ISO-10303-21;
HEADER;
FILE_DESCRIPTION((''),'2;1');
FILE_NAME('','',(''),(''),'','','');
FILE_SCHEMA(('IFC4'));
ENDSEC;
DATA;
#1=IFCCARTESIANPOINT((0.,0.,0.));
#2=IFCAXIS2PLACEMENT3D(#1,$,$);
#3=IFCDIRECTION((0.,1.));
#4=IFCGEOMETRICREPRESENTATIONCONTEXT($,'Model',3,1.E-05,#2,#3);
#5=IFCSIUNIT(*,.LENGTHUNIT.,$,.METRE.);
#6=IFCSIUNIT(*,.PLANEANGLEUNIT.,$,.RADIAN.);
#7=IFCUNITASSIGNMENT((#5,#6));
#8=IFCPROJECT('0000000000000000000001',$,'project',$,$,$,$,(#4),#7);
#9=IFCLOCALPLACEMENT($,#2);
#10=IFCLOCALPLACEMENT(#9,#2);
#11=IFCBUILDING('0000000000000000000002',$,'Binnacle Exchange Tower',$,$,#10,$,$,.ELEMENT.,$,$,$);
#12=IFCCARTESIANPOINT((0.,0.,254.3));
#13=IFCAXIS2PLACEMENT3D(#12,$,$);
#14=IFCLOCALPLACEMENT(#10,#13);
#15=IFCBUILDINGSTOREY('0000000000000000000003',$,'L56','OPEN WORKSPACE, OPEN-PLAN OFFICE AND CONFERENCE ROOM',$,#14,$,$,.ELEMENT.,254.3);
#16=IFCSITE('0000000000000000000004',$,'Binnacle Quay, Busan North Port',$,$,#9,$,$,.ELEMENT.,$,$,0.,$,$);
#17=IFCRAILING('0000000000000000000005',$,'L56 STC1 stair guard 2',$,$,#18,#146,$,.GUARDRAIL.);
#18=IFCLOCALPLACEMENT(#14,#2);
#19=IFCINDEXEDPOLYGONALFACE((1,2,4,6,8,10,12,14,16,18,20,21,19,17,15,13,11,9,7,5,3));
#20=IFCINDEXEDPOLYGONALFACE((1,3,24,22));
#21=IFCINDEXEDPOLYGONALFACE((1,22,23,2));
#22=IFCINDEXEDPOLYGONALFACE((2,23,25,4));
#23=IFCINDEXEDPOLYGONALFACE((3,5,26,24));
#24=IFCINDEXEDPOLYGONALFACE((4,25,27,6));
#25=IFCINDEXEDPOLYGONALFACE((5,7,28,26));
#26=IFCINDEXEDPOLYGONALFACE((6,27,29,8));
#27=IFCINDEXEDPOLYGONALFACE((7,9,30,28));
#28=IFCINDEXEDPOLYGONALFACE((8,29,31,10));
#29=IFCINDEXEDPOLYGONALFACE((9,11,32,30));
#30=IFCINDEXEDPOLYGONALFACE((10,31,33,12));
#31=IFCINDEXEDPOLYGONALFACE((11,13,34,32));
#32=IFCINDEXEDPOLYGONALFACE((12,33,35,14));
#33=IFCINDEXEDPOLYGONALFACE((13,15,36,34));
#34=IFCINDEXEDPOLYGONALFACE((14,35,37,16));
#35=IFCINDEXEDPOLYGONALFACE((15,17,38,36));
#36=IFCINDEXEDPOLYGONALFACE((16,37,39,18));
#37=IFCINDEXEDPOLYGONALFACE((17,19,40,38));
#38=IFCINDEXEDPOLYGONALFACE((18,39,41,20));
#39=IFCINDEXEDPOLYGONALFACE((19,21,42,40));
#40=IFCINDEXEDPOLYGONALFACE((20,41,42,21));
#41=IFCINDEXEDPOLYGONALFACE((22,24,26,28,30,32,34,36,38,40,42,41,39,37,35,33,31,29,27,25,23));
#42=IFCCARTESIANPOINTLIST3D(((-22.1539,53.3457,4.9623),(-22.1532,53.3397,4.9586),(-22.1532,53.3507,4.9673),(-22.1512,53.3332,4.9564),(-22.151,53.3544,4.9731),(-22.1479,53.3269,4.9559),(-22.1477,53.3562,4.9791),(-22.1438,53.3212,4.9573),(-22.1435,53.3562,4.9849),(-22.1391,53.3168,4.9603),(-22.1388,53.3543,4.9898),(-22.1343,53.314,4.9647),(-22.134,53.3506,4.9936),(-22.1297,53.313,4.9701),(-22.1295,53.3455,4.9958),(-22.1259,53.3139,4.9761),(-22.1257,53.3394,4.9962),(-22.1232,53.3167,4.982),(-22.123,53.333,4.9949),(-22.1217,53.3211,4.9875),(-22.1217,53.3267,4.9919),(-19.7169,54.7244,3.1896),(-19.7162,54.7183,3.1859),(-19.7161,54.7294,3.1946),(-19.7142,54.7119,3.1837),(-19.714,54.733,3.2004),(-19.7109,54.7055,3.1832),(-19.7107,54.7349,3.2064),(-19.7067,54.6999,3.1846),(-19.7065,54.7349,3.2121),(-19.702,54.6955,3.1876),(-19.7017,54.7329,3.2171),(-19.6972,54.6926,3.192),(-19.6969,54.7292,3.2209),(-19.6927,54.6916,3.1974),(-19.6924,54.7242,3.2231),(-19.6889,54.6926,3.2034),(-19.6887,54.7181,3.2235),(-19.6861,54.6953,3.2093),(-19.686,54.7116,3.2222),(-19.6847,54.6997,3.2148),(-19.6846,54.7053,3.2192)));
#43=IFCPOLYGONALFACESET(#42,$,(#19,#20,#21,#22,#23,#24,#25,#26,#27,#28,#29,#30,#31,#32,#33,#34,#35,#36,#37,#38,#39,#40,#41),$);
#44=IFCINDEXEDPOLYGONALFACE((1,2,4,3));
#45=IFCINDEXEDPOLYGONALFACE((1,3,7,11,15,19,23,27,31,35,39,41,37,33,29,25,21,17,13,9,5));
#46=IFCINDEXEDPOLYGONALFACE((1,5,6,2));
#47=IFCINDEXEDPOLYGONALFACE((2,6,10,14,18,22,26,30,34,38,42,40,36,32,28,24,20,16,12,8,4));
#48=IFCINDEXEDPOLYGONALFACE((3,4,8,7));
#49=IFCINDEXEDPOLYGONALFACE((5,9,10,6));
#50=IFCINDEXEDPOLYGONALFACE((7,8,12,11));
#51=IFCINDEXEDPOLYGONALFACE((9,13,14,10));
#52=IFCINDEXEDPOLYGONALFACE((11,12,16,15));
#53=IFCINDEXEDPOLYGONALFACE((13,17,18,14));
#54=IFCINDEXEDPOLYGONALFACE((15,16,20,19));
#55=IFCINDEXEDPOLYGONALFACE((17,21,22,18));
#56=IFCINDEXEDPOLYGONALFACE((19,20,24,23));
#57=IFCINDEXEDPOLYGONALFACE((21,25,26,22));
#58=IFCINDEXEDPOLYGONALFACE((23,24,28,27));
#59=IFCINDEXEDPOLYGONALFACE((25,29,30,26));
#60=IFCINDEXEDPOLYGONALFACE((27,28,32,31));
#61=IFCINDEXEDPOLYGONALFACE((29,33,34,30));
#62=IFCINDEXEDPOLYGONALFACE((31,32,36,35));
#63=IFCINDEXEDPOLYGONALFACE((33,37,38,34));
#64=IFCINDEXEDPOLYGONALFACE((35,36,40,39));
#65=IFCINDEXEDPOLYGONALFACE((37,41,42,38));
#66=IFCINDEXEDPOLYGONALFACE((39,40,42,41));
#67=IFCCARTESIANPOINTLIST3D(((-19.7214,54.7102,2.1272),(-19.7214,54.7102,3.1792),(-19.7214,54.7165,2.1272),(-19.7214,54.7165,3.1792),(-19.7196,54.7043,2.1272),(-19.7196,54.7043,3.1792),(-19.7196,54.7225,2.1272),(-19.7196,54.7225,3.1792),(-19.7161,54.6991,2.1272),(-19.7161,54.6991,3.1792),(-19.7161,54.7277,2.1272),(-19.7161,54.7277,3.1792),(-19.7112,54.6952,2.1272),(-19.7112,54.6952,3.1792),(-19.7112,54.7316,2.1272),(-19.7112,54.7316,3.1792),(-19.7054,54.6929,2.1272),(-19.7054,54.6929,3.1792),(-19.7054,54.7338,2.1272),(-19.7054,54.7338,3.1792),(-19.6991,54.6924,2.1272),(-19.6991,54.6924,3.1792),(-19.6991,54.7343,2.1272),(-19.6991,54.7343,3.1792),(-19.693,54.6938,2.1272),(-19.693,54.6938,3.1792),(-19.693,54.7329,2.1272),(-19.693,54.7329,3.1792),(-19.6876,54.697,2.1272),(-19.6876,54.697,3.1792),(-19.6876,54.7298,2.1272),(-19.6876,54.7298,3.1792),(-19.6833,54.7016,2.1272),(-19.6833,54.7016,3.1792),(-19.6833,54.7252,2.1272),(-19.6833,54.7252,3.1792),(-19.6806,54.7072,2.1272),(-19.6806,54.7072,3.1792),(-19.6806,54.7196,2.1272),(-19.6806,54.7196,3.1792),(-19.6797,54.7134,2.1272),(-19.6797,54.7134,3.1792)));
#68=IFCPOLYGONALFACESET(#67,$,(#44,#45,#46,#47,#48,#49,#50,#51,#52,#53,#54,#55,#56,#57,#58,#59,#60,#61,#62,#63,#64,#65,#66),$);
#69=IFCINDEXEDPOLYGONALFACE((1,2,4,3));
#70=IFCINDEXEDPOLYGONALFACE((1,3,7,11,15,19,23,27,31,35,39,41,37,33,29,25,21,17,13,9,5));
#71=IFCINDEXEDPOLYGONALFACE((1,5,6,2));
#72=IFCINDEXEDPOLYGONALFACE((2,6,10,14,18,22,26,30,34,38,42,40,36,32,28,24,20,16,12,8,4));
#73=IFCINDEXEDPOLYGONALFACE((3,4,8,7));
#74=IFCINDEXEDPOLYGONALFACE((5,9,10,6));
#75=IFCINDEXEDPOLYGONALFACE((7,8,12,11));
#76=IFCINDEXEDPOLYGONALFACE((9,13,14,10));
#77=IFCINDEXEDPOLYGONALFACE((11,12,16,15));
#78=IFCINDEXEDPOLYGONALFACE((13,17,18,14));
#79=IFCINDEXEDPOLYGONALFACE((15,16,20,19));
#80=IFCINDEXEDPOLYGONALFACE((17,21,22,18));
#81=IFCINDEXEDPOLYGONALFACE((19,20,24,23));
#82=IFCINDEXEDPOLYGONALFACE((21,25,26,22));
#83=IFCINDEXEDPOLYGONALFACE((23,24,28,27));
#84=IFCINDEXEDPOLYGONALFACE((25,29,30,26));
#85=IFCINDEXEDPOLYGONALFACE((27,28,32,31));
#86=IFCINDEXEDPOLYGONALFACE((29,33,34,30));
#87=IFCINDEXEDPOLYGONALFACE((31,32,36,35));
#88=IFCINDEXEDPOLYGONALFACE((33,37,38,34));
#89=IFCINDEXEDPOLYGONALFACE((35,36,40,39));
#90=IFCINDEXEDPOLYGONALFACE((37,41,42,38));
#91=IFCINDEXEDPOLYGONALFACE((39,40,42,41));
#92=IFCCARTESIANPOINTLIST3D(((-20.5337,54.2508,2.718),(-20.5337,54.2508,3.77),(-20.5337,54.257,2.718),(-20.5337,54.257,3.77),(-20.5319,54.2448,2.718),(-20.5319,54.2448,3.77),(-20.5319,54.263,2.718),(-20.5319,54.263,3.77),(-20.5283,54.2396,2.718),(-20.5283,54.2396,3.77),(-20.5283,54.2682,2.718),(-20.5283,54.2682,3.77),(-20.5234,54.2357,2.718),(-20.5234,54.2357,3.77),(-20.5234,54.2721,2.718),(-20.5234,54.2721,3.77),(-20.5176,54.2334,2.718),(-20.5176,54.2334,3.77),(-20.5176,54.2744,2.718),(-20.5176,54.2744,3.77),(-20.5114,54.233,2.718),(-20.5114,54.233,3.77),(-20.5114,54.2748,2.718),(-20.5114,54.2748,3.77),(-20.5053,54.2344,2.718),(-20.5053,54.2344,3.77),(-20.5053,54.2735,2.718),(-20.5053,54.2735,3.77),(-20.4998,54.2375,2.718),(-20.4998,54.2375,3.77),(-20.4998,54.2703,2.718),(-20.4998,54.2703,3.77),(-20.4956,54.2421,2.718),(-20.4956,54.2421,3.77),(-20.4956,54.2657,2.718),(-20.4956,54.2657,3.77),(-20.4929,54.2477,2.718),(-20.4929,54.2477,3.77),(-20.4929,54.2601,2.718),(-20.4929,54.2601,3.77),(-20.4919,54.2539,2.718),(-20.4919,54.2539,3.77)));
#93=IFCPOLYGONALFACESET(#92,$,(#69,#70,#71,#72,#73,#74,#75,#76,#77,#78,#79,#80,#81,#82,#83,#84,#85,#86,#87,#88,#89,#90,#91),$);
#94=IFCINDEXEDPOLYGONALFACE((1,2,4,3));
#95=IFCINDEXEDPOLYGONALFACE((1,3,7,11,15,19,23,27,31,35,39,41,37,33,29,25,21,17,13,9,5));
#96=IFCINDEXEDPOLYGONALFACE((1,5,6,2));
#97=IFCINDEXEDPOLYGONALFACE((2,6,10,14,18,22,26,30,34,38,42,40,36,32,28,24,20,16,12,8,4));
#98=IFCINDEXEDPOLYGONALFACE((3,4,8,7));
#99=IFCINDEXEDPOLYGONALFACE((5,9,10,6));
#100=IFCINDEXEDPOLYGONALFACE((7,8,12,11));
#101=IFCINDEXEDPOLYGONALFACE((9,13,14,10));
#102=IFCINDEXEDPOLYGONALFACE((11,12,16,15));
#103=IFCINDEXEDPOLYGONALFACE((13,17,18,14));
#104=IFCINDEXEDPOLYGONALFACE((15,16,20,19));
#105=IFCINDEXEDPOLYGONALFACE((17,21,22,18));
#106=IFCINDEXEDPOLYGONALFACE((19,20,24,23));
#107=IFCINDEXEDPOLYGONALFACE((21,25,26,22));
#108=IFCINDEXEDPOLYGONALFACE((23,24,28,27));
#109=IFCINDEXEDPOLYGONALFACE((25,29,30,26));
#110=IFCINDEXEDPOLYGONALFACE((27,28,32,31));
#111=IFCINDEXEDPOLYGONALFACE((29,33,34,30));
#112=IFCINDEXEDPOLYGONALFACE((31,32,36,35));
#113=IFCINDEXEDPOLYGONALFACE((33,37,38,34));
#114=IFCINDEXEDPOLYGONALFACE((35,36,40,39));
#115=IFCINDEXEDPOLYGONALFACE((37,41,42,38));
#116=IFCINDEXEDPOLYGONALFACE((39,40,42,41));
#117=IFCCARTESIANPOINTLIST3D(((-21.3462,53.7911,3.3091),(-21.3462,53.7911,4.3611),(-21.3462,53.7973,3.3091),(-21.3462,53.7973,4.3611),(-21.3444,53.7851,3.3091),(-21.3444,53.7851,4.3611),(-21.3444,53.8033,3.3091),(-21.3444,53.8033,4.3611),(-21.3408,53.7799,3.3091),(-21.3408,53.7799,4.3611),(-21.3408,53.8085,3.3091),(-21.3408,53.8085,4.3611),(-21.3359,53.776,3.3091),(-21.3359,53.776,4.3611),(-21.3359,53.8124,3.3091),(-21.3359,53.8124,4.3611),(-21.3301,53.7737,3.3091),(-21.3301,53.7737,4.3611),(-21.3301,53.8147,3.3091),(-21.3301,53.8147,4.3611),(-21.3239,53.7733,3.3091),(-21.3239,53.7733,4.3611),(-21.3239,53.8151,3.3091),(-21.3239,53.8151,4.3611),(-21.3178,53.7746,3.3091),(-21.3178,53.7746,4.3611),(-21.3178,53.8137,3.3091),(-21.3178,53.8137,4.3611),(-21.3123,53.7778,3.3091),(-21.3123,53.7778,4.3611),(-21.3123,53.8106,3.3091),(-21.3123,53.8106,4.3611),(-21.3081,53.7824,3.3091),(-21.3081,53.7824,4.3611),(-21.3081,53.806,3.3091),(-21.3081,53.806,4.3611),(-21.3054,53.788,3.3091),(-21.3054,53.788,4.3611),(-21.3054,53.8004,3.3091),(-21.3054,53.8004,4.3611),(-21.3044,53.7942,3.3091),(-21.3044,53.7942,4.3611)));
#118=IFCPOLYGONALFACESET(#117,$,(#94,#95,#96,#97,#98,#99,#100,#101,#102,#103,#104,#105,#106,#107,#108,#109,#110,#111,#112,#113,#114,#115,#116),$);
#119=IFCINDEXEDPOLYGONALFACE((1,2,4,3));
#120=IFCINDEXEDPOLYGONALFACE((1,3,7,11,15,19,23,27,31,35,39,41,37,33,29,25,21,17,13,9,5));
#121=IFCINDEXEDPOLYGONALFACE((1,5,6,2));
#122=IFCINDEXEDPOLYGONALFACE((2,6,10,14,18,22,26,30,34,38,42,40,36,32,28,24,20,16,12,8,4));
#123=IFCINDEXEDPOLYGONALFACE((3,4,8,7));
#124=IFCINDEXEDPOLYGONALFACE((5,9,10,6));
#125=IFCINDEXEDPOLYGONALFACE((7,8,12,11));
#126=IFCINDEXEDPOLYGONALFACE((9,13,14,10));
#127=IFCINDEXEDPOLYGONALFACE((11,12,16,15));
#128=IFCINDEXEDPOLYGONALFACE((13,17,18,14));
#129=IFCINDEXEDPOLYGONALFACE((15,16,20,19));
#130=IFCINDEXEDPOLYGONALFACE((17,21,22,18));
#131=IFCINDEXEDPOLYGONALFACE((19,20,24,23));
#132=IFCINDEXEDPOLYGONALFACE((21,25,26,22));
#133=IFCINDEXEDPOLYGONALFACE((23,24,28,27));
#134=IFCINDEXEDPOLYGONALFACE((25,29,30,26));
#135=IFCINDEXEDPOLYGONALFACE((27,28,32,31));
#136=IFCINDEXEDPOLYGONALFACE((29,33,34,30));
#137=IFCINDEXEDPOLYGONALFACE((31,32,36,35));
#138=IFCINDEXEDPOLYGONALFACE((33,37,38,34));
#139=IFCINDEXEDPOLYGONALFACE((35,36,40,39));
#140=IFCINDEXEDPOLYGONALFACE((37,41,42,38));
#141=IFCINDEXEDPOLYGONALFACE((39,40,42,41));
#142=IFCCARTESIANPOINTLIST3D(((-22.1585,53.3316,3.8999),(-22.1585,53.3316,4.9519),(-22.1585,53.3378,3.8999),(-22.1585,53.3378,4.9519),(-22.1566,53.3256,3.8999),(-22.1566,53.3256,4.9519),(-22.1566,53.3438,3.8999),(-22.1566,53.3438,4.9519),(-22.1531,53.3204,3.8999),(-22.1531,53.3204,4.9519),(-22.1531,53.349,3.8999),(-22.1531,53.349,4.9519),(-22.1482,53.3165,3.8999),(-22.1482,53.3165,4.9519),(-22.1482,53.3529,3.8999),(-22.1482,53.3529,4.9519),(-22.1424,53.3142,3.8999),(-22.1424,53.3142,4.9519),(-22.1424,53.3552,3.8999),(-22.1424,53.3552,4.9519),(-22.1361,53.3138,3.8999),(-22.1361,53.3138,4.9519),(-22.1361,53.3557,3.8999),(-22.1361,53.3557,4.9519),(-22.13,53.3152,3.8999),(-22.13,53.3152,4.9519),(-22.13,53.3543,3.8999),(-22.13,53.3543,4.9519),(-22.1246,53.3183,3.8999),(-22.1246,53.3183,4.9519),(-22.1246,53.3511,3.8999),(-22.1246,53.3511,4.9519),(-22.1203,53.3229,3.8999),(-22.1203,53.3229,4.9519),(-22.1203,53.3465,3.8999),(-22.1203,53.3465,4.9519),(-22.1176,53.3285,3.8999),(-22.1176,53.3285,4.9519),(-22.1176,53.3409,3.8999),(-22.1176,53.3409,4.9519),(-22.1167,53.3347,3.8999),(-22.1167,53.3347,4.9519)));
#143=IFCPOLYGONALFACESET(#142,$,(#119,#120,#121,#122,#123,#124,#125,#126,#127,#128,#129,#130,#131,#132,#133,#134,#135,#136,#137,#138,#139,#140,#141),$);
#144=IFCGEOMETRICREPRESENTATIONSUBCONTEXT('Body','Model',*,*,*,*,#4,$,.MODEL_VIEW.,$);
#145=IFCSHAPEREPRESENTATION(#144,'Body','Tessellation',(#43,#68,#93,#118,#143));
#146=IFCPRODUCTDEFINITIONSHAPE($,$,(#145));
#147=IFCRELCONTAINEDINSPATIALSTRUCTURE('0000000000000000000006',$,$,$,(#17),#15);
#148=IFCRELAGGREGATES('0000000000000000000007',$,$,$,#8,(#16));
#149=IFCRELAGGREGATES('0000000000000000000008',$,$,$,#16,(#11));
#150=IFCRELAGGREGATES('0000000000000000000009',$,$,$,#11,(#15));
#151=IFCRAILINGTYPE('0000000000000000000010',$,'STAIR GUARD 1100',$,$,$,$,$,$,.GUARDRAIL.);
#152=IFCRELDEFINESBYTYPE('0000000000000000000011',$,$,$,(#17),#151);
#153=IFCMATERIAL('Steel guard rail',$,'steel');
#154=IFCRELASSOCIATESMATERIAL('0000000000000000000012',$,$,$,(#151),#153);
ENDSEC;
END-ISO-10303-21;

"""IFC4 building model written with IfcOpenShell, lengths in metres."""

from ifc_helpers import new_model, si_unit, direction, frame, origin, origin_2d, place, context, subcontext, project, spatial, circle, extrude, material, type_object, element, save


model = new_model("IFC4")

# Units and contexts
model_context = context("Model", 3, precision=1e-05, world=origin(), true_north=direction((0.0, 1.0)))
body_context = subcontext(model_context, "Body", "Model", "MODEL_VIEW")
ifc_project = project(units=[si_unit("LENGTHUNIT", "METRE"), si_unit("PLANEANGLEUNIT", "RADIAN")], contexts=[model_context])

# Site, building, storey
site_placement = place(None, origin())
site = spatial("IfcSite", under=ifc_project, at=site_placement, Name="Binnacle Quay, Busan North Port", CompositionType="ELEMENT", RefElevation=0.0)
building_placement = place(site_placement, origin())
building = spatial("IfcBuilding", under=site, at=building_placement, Name="Binnacle Exchange Tower", CompositionType="ELEMENT")
storey_placement = place(building_placement, frame((0.0, 0.0, 254.3)))
storey = spatial("IfcBuildingStorey", under=building, at=storey_placement, Name="L56", Description="OPEN WORKSPACE, OPEN-PLAN OFFICE AND CONFERENCE ROOM", CompositionType="ELEMENT", Elevation=254.3)

# Railing
ifc_material_1 = material(Name="Steel guard rail", Category="steel")
railing_type_1 = type_object("IfcRailingType", Name="STAIR GUARD 1100", PredefinedType="GUARDRAIL", material=ifc_material_1)
railing_1_placement = place(storey_placement, frame((-19.7007, 54.7134, 2.1272)))
element("IfcRailing", 1, at=railing_1_placement, inside=storey, type_object=railing_type_1, Name="L56 STC1 stair guard 2", PredefinedType="GUARDRAIL", context=body_context, shape_type="SweptSolid", body=[
    extrude(circle(Radius=0.0239, at=origin_2d()), frame((0.0, 0.0, 1.0762), z_axis=(-0.735381, -0.416019, 0.534923), x_axis=(0.492388, -0.870376, 0.0)), (0.0, 0.0, 1.0), 3.314),
    extrude(circle(Radius=0.021, at=origin_2d()), origin(), (0.0, 0.0, 1.0), 1.052),
    extrude(circle(Radius=0.021, at=origin_2d()), frame((-0.8123, -0.4595, 0.5908)), (0.0, 0.0, 1.0), 1.052),
    extrude(circle(Radius=0.021, at=origin_2d()), frame((-1.6248, -0.9192, 1.1819)), (0.0, 0.0, 1.0), 1.052),
    extrude(circle(Radius=0.021, at=origin_2d()), frame((-2.437, -1.3787, 1.7727)), (0.0, 0.0, 1.0), 1.052),
])

save(model, "model.ifc")
